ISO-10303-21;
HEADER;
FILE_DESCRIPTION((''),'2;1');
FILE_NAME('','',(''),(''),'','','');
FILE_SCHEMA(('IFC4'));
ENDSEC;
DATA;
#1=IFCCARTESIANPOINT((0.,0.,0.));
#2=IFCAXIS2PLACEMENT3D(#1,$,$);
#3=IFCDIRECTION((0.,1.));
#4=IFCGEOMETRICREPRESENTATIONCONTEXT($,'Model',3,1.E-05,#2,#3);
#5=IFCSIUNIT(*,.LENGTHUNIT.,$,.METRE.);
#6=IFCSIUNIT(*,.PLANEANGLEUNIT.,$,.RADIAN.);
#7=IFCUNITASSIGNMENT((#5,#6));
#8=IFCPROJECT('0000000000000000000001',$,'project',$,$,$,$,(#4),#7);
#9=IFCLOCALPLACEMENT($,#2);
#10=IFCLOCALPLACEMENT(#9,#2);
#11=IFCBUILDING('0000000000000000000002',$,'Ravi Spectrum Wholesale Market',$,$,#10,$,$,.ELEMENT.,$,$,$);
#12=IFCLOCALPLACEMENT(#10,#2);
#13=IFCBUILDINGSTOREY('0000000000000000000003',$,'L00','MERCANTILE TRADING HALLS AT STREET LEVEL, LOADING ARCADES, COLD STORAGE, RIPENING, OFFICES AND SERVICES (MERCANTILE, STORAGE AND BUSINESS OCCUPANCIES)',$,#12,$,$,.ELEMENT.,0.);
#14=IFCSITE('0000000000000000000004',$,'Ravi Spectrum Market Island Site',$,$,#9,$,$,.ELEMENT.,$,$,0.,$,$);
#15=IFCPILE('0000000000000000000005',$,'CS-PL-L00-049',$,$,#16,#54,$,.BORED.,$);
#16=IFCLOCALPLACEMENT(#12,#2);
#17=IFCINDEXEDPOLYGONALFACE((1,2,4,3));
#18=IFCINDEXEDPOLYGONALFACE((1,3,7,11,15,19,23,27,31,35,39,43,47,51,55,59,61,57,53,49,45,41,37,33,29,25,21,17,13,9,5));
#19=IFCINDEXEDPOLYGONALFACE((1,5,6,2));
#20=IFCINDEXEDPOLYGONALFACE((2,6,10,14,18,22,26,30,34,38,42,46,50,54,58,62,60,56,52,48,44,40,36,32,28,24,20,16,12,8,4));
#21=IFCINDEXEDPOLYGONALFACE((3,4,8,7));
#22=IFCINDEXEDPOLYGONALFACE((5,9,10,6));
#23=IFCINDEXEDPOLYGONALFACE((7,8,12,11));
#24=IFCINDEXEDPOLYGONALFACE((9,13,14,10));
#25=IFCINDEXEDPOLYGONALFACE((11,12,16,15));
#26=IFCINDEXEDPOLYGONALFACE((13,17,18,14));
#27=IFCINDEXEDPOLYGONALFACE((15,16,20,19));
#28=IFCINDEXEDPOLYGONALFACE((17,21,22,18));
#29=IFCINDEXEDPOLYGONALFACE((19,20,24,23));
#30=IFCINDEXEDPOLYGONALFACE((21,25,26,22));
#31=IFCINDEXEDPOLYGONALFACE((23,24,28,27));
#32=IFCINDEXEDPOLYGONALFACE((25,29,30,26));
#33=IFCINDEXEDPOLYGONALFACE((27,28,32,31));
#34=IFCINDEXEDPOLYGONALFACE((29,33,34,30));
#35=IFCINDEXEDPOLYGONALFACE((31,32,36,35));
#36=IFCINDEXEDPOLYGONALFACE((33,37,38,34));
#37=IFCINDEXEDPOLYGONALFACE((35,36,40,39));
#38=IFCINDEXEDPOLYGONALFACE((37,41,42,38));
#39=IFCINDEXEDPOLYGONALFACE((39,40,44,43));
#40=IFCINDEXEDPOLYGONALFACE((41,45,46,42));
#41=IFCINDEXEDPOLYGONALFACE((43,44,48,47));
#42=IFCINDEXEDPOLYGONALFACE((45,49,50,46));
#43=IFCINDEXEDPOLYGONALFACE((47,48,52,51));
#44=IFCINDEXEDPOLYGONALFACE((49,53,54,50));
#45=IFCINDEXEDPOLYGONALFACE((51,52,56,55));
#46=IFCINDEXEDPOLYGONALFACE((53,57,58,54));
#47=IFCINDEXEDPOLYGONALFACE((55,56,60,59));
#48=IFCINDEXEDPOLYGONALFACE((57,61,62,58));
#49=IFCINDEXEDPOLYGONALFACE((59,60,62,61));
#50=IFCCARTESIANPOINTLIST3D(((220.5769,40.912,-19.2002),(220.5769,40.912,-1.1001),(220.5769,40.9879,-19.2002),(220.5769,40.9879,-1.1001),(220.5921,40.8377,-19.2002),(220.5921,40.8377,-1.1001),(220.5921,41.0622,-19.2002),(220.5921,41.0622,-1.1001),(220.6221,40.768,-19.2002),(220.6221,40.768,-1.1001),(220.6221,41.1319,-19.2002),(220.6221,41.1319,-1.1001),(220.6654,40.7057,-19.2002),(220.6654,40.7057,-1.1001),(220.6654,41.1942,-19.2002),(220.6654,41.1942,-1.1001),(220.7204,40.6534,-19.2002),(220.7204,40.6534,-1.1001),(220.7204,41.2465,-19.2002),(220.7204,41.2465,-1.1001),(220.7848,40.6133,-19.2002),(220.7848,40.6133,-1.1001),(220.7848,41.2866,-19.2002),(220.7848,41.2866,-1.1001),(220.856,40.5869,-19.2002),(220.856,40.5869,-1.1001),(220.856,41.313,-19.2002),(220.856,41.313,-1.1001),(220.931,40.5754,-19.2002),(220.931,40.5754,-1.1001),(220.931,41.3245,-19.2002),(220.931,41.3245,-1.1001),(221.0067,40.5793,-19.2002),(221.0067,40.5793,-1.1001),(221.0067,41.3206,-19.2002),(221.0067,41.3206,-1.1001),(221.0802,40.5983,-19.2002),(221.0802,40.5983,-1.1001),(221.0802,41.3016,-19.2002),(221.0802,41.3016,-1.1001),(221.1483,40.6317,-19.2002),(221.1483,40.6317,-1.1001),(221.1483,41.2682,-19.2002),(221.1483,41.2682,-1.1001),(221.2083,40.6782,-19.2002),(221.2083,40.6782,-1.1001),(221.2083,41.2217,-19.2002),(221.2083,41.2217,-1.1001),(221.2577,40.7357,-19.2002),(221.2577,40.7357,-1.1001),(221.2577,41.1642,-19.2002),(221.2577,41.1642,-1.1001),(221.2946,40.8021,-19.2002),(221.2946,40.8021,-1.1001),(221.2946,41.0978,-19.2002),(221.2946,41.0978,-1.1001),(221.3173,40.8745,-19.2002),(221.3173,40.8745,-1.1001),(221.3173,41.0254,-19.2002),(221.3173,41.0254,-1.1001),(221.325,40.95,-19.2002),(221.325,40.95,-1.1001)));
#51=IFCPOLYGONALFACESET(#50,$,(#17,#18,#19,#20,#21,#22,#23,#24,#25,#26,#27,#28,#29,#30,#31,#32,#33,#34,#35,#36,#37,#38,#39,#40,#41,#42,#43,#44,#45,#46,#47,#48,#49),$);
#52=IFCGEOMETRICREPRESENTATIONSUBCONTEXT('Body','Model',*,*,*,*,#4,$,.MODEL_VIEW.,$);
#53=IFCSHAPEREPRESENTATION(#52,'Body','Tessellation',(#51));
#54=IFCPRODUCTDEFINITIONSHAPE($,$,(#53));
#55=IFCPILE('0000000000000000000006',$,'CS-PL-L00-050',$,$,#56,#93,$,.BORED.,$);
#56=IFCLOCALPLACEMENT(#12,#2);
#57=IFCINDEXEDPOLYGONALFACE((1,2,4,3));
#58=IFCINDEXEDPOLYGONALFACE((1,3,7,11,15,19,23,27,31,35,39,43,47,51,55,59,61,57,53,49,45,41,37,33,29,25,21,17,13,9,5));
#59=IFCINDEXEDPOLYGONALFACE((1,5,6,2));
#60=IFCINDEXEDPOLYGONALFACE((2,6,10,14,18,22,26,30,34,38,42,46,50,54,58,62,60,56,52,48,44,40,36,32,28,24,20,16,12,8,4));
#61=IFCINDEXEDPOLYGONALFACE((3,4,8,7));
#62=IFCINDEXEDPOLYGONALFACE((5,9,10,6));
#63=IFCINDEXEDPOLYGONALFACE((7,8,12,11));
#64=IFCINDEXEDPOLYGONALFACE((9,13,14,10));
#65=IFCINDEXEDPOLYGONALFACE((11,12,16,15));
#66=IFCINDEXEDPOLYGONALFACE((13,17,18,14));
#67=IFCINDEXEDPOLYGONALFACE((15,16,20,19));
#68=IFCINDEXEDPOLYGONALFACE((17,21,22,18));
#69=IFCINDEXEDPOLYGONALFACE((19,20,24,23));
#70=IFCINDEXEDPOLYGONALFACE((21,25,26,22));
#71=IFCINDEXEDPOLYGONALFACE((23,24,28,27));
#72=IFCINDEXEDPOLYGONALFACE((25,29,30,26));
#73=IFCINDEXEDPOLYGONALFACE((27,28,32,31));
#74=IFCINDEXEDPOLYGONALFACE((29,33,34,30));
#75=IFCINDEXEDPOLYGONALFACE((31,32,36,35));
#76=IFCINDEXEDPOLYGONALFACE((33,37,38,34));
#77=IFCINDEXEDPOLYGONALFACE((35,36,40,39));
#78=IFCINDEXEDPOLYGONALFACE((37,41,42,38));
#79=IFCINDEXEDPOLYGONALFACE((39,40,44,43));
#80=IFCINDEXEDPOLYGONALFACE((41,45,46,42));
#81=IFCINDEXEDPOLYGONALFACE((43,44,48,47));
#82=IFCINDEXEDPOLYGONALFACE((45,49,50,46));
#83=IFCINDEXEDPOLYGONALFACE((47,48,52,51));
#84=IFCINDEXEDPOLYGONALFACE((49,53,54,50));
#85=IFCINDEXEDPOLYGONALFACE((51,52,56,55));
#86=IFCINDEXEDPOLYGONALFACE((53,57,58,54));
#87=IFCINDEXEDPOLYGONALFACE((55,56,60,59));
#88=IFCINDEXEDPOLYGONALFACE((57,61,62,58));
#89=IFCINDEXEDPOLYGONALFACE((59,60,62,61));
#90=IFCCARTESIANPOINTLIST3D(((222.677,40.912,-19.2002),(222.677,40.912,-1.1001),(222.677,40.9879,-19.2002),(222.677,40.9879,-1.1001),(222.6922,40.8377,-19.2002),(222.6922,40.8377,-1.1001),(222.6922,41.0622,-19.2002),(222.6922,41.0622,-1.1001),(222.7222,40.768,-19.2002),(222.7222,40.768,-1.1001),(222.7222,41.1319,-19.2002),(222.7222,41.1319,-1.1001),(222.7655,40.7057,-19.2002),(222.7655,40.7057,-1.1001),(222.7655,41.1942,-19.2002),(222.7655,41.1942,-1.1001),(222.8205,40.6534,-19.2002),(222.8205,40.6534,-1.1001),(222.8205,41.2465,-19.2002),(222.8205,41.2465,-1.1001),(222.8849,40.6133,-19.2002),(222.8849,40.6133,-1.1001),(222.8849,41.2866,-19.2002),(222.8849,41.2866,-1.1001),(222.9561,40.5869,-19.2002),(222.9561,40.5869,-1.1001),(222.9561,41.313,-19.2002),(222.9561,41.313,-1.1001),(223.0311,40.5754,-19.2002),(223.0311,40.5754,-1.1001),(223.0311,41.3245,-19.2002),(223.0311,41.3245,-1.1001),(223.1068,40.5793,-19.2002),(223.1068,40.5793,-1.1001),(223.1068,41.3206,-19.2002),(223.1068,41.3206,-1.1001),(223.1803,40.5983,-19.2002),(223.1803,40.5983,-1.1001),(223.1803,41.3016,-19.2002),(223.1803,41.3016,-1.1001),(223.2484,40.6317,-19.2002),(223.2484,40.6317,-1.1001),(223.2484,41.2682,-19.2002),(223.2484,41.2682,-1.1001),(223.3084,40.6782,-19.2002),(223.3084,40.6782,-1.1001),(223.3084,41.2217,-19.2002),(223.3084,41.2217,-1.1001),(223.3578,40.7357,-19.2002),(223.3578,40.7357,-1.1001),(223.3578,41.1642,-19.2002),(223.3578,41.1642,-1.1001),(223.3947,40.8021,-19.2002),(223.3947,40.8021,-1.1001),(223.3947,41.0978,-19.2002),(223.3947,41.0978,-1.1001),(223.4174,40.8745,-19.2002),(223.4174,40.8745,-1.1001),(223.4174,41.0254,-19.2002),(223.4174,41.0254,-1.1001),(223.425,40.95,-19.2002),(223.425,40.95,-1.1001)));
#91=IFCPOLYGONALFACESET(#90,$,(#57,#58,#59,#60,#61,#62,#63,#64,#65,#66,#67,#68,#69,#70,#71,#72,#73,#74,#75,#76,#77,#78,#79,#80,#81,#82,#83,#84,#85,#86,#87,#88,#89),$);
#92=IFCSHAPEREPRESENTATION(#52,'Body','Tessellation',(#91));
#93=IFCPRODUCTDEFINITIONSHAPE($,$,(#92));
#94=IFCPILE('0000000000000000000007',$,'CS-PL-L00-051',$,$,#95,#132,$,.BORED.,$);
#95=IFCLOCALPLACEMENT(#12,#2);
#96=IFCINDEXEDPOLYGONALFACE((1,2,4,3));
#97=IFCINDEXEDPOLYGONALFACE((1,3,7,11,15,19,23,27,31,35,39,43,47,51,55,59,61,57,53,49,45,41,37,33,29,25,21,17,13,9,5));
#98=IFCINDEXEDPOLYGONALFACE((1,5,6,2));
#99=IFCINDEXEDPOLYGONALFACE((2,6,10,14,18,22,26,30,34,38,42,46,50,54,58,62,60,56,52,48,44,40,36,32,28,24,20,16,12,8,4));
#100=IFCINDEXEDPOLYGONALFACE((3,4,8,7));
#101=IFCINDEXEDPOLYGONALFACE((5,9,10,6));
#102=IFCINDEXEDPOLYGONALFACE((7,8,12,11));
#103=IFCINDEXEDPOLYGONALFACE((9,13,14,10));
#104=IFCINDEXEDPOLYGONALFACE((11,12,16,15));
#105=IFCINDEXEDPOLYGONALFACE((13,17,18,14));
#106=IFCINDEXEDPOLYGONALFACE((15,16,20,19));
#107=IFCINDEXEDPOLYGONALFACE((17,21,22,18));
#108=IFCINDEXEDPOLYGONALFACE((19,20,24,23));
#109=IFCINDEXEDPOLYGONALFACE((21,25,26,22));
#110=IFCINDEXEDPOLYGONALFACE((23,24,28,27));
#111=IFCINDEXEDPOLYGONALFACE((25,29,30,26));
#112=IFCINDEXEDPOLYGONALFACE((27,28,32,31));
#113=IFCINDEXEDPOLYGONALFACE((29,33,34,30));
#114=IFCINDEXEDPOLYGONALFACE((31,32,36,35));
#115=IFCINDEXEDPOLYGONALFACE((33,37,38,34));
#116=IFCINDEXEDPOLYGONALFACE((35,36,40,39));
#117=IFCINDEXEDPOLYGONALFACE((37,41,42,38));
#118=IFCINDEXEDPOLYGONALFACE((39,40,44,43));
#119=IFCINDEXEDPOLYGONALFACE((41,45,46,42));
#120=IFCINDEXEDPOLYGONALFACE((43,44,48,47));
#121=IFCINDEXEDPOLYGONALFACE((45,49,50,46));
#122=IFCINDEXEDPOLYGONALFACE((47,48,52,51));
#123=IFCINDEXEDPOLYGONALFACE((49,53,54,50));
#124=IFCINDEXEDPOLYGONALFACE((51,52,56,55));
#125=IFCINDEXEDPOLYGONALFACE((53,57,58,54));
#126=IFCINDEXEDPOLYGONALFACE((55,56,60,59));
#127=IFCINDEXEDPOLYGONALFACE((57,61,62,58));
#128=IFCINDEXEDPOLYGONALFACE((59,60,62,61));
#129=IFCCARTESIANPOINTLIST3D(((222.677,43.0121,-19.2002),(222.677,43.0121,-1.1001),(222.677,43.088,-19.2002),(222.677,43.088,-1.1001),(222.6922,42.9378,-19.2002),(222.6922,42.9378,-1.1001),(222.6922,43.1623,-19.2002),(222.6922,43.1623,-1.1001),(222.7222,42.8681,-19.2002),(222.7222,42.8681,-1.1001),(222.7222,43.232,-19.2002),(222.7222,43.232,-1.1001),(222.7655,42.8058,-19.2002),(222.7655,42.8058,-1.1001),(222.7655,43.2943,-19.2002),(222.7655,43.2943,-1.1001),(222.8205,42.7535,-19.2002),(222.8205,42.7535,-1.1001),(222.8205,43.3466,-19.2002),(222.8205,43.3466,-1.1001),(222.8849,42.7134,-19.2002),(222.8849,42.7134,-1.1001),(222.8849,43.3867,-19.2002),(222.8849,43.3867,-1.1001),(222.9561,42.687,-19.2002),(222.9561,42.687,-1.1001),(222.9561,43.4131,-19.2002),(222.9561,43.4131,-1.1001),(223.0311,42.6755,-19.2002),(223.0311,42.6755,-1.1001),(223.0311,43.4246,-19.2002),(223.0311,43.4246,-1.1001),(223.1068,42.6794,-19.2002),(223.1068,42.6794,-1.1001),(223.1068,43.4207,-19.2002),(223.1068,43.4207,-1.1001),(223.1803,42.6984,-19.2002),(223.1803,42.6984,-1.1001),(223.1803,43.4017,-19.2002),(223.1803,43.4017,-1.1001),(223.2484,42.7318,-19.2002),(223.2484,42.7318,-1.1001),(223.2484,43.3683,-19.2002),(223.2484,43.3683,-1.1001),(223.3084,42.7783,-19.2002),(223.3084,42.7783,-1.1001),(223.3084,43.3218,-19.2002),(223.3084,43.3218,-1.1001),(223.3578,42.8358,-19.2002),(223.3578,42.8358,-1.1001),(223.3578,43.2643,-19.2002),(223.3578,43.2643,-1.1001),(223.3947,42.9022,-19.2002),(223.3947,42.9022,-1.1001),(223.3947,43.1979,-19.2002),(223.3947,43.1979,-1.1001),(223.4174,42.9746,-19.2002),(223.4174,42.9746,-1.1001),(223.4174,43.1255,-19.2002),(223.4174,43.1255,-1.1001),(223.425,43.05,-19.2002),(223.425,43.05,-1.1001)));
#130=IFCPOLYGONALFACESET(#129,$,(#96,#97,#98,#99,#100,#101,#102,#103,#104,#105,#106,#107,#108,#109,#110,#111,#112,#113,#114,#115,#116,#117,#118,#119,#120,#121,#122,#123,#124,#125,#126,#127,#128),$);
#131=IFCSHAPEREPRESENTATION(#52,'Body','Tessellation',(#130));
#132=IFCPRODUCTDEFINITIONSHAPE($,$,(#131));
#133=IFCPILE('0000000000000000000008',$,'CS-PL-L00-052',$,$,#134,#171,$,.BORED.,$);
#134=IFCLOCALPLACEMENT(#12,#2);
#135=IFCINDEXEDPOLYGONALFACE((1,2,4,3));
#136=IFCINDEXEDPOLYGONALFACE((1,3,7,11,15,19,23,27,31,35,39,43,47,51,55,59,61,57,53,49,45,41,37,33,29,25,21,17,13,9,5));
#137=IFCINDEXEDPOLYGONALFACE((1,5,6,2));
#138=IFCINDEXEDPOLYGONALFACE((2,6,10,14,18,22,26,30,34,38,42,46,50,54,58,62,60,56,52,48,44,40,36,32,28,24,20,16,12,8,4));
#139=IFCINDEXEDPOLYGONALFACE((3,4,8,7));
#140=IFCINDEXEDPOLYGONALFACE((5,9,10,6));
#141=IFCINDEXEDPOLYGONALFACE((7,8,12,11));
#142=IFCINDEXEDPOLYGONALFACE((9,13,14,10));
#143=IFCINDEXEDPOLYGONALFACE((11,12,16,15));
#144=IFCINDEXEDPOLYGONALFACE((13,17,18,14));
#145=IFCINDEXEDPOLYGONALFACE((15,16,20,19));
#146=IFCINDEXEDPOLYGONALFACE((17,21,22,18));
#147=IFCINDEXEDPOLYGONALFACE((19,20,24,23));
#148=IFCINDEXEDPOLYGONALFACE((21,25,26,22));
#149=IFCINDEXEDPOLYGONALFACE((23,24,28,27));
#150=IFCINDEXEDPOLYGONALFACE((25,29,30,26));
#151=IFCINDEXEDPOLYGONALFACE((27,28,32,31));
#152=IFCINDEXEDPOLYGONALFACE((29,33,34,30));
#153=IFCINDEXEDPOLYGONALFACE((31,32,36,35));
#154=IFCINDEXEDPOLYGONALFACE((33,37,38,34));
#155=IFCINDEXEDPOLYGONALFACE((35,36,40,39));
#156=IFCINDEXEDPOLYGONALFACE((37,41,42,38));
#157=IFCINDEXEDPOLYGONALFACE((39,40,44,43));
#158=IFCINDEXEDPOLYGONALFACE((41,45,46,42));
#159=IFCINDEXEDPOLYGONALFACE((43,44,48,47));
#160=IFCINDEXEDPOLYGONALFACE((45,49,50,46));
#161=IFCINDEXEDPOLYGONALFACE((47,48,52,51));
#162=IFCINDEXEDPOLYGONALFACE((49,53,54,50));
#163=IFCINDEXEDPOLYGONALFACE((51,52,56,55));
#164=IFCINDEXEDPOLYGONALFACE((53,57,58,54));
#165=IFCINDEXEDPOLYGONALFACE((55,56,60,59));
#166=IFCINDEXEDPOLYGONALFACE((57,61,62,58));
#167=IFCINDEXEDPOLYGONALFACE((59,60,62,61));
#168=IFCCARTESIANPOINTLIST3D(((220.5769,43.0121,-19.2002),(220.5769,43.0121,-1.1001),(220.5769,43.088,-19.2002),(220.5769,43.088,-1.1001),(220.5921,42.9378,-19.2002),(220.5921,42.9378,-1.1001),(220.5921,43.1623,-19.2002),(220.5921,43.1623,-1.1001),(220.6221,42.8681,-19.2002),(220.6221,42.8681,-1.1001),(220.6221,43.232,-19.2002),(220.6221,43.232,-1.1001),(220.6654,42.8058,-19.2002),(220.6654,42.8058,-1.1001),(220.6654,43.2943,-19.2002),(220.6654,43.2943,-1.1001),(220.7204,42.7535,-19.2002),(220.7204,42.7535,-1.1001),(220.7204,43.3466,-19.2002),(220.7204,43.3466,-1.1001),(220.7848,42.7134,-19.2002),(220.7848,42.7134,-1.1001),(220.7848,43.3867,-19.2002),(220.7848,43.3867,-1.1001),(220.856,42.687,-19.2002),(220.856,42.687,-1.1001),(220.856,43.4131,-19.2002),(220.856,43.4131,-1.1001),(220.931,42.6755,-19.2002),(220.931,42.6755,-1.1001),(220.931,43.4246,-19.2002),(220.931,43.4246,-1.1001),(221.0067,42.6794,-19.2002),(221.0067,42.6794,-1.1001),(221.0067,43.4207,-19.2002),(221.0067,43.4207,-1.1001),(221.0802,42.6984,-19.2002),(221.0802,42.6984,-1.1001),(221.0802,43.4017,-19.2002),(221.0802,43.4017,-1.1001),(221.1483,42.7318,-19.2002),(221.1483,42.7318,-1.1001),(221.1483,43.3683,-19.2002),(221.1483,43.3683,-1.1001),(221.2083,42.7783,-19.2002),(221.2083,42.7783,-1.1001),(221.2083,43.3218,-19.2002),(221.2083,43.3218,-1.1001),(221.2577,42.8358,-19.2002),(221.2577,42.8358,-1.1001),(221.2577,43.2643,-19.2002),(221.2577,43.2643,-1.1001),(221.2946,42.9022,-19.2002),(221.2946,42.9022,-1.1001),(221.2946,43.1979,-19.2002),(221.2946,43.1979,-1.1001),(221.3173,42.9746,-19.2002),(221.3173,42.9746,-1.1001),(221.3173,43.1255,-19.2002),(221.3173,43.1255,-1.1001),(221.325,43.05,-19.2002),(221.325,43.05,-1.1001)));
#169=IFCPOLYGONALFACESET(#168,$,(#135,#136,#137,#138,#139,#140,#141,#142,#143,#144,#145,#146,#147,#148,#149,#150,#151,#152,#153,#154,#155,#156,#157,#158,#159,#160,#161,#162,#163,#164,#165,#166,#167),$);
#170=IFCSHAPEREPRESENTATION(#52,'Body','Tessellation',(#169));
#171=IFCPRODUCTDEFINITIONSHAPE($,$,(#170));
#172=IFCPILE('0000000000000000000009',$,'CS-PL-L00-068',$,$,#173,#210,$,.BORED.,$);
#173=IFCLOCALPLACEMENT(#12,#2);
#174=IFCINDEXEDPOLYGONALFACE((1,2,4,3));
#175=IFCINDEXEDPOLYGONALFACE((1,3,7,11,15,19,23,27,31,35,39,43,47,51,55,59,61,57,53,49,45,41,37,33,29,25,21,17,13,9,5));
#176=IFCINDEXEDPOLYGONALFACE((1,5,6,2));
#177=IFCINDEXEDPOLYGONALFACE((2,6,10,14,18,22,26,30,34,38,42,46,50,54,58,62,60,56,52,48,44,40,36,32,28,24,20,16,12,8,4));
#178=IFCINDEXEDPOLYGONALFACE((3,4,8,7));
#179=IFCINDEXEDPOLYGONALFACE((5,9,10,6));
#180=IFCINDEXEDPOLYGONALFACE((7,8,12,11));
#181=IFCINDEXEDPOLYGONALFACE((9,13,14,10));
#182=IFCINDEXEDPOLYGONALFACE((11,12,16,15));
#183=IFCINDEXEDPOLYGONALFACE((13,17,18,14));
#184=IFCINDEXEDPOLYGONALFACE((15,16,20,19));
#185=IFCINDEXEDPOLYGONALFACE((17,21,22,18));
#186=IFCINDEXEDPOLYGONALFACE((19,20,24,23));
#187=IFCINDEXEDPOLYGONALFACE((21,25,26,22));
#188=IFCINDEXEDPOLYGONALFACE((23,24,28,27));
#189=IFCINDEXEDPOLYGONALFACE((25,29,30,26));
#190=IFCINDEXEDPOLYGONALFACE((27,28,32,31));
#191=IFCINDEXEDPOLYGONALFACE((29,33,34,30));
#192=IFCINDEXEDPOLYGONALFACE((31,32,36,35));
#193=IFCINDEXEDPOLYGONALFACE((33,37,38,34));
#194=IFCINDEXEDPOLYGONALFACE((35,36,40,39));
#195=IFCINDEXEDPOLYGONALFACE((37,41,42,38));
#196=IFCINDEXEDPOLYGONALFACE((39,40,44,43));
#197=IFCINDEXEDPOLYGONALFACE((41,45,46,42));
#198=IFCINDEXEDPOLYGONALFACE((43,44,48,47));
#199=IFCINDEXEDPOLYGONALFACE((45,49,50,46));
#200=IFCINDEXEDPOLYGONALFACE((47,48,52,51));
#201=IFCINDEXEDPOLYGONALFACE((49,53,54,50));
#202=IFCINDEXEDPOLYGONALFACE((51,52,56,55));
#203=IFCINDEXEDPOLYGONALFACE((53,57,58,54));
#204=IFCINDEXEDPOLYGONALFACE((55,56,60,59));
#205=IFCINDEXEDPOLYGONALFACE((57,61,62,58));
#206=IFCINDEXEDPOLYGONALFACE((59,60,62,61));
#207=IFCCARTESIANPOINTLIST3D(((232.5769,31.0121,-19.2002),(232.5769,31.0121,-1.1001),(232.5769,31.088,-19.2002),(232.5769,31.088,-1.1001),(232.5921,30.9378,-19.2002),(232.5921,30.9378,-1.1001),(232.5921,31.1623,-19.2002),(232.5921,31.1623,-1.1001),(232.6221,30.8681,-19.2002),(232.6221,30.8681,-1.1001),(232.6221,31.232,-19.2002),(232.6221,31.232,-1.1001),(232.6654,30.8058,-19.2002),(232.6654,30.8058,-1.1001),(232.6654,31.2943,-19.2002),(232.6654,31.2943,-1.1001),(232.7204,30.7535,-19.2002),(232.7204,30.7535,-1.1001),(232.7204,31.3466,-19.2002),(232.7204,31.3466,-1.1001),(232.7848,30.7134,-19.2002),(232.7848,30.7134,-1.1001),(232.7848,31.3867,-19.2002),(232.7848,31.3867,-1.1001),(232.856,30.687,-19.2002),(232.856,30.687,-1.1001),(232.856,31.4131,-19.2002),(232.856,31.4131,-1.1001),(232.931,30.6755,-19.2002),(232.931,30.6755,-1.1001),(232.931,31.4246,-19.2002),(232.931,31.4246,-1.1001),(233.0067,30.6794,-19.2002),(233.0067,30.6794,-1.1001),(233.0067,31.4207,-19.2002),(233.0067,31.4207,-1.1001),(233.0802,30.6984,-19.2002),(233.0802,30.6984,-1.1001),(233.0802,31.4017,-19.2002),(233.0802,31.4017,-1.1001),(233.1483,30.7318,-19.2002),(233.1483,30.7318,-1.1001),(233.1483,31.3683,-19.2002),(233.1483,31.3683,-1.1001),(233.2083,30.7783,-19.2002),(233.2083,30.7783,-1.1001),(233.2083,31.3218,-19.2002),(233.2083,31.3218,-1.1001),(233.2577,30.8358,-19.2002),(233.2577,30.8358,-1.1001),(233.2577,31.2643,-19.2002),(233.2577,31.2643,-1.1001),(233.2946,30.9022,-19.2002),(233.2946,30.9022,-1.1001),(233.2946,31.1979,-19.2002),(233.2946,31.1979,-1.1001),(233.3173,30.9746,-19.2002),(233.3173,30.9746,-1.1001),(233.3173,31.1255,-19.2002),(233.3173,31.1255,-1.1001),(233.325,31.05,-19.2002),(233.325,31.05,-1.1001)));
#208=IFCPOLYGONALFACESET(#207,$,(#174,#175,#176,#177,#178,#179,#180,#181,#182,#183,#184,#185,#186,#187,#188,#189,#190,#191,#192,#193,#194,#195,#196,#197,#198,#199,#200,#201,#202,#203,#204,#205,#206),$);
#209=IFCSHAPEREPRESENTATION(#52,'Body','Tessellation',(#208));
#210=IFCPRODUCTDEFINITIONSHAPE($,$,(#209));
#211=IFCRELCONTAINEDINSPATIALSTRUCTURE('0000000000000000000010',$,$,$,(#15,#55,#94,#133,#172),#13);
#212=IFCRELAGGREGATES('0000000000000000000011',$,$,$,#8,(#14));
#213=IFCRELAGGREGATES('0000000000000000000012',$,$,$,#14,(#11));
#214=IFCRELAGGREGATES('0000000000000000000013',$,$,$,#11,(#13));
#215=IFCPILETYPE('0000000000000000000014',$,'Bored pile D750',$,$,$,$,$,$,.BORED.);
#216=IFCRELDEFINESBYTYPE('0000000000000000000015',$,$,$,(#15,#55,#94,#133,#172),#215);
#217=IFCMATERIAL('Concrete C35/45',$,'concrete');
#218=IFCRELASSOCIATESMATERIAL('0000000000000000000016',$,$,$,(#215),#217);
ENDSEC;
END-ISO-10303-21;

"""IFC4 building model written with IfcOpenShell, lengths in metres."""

from ifc_helpers import new_model, si_unit, direction, frame, origin, origin_2d, place, context, subcontext, project, spatial, circle, extrude, material, material_profile, profile_set, type_object, element, save


model = new_model("IFC4")

# Units and contexts
model_context = context("Model", 3, precision=1e-05, world=origin(), true_north=direction((0.0, 1.0)))
body_context = subcontext(model_context, "Body", "Model", "MODEL_VIEW")
ifc_project = project(units=[si_unit("LENGTHUNIT", "METRE"), si_unit("PLANEANGLEUNIT", "RADIAN")], contexts=[model_context])

# Site, building, storey
site_placement = place(None, origin())
site = spatial("IfcSite", under=ifc_project, at=site_placement, Name="Ravi Spectrum Market Island Site", CompositionType="ELEMENT", RefElevation=0.0)
building_placement = place(site_placement, origin())
building = spatial("IfcBuilding", under=site, at=building_placement, Name="Ravi Spectrum Wholesale Market", CompositionType="ELEMENT")
storey_placement = place(building_placement, origin())
storey = spatial("IfcBuildingStorey", under=building, at=storey_placement, Name="L00", Description="MERCANTILE TRADING HALLS AT STREET LEVEL, LOADING ARCADES, COLD STORAGE, RIPENING, OFFICES AND SERVICES (MERCANTILE, STORAGE AND BUSINESS OCCUPANCIES)", CompositionType="ELEMENT", Elevation=0.0)

# Piles
ifc_material_1 = material(Name="Concrete C35/45", Category="concrete")
ifc_material_profile_1 = material_profile(ifc_material_1, circle(Radius=0.375, at=origin_2d()))
ifc_profile_set_1 = profile_set([ifc_material_profile_1], Name="Concrete C35/45")
pile_type = type_object("IfcPileType", Name="Bored pile D750", PredefinedType="BORED", material=ifc_profile_set_1)
for number, where, z_axis, x_axis, name in (
    (1, (220.95, 40.95, -1.1001), (0.0, 0.0, -1.0), (1.0, 0.0, 0.0), "CS-PL-L00-049"),
    (2, (223.05, 40.95, -1.1001), (0.0, 0.0, -1.0), (1.0, 0.0, 0.0), "CS-PL-L00-050"),
    (3, (223.05, 43.05, -1.1001), (0.0, 0.0, -1.0), (1.0, 0.0, 0.0), "CS-PL-L00-051"),
    (4, (220.95, 43.05, -1.1001), (0.0, 0.0, -1.0), (1.0, 0.0, 0.0), "CS-PL-L00-052"),
    (5, (232.95, 31.05, -1.1001), (0.0, 0.0, -1.0), (1.0, 0.0, 0.0), "CS-PL-L00-068"),
):
    element("IfcPile", number, at=place(storey_placement, frame(where, z_axis=z_axis, x_axis=x_axis)), inside=storey, type_object=pile_type, Name=name, PredefinedType="BORED", context=body_context, shape_type="SweptSolid", body=[
        extrude(circle(Radius=0.375, at=origin_2d()), origin(), (0.0, 0.0, 1.0), 18.1001),
    ])

save(model, "model.ifc")
